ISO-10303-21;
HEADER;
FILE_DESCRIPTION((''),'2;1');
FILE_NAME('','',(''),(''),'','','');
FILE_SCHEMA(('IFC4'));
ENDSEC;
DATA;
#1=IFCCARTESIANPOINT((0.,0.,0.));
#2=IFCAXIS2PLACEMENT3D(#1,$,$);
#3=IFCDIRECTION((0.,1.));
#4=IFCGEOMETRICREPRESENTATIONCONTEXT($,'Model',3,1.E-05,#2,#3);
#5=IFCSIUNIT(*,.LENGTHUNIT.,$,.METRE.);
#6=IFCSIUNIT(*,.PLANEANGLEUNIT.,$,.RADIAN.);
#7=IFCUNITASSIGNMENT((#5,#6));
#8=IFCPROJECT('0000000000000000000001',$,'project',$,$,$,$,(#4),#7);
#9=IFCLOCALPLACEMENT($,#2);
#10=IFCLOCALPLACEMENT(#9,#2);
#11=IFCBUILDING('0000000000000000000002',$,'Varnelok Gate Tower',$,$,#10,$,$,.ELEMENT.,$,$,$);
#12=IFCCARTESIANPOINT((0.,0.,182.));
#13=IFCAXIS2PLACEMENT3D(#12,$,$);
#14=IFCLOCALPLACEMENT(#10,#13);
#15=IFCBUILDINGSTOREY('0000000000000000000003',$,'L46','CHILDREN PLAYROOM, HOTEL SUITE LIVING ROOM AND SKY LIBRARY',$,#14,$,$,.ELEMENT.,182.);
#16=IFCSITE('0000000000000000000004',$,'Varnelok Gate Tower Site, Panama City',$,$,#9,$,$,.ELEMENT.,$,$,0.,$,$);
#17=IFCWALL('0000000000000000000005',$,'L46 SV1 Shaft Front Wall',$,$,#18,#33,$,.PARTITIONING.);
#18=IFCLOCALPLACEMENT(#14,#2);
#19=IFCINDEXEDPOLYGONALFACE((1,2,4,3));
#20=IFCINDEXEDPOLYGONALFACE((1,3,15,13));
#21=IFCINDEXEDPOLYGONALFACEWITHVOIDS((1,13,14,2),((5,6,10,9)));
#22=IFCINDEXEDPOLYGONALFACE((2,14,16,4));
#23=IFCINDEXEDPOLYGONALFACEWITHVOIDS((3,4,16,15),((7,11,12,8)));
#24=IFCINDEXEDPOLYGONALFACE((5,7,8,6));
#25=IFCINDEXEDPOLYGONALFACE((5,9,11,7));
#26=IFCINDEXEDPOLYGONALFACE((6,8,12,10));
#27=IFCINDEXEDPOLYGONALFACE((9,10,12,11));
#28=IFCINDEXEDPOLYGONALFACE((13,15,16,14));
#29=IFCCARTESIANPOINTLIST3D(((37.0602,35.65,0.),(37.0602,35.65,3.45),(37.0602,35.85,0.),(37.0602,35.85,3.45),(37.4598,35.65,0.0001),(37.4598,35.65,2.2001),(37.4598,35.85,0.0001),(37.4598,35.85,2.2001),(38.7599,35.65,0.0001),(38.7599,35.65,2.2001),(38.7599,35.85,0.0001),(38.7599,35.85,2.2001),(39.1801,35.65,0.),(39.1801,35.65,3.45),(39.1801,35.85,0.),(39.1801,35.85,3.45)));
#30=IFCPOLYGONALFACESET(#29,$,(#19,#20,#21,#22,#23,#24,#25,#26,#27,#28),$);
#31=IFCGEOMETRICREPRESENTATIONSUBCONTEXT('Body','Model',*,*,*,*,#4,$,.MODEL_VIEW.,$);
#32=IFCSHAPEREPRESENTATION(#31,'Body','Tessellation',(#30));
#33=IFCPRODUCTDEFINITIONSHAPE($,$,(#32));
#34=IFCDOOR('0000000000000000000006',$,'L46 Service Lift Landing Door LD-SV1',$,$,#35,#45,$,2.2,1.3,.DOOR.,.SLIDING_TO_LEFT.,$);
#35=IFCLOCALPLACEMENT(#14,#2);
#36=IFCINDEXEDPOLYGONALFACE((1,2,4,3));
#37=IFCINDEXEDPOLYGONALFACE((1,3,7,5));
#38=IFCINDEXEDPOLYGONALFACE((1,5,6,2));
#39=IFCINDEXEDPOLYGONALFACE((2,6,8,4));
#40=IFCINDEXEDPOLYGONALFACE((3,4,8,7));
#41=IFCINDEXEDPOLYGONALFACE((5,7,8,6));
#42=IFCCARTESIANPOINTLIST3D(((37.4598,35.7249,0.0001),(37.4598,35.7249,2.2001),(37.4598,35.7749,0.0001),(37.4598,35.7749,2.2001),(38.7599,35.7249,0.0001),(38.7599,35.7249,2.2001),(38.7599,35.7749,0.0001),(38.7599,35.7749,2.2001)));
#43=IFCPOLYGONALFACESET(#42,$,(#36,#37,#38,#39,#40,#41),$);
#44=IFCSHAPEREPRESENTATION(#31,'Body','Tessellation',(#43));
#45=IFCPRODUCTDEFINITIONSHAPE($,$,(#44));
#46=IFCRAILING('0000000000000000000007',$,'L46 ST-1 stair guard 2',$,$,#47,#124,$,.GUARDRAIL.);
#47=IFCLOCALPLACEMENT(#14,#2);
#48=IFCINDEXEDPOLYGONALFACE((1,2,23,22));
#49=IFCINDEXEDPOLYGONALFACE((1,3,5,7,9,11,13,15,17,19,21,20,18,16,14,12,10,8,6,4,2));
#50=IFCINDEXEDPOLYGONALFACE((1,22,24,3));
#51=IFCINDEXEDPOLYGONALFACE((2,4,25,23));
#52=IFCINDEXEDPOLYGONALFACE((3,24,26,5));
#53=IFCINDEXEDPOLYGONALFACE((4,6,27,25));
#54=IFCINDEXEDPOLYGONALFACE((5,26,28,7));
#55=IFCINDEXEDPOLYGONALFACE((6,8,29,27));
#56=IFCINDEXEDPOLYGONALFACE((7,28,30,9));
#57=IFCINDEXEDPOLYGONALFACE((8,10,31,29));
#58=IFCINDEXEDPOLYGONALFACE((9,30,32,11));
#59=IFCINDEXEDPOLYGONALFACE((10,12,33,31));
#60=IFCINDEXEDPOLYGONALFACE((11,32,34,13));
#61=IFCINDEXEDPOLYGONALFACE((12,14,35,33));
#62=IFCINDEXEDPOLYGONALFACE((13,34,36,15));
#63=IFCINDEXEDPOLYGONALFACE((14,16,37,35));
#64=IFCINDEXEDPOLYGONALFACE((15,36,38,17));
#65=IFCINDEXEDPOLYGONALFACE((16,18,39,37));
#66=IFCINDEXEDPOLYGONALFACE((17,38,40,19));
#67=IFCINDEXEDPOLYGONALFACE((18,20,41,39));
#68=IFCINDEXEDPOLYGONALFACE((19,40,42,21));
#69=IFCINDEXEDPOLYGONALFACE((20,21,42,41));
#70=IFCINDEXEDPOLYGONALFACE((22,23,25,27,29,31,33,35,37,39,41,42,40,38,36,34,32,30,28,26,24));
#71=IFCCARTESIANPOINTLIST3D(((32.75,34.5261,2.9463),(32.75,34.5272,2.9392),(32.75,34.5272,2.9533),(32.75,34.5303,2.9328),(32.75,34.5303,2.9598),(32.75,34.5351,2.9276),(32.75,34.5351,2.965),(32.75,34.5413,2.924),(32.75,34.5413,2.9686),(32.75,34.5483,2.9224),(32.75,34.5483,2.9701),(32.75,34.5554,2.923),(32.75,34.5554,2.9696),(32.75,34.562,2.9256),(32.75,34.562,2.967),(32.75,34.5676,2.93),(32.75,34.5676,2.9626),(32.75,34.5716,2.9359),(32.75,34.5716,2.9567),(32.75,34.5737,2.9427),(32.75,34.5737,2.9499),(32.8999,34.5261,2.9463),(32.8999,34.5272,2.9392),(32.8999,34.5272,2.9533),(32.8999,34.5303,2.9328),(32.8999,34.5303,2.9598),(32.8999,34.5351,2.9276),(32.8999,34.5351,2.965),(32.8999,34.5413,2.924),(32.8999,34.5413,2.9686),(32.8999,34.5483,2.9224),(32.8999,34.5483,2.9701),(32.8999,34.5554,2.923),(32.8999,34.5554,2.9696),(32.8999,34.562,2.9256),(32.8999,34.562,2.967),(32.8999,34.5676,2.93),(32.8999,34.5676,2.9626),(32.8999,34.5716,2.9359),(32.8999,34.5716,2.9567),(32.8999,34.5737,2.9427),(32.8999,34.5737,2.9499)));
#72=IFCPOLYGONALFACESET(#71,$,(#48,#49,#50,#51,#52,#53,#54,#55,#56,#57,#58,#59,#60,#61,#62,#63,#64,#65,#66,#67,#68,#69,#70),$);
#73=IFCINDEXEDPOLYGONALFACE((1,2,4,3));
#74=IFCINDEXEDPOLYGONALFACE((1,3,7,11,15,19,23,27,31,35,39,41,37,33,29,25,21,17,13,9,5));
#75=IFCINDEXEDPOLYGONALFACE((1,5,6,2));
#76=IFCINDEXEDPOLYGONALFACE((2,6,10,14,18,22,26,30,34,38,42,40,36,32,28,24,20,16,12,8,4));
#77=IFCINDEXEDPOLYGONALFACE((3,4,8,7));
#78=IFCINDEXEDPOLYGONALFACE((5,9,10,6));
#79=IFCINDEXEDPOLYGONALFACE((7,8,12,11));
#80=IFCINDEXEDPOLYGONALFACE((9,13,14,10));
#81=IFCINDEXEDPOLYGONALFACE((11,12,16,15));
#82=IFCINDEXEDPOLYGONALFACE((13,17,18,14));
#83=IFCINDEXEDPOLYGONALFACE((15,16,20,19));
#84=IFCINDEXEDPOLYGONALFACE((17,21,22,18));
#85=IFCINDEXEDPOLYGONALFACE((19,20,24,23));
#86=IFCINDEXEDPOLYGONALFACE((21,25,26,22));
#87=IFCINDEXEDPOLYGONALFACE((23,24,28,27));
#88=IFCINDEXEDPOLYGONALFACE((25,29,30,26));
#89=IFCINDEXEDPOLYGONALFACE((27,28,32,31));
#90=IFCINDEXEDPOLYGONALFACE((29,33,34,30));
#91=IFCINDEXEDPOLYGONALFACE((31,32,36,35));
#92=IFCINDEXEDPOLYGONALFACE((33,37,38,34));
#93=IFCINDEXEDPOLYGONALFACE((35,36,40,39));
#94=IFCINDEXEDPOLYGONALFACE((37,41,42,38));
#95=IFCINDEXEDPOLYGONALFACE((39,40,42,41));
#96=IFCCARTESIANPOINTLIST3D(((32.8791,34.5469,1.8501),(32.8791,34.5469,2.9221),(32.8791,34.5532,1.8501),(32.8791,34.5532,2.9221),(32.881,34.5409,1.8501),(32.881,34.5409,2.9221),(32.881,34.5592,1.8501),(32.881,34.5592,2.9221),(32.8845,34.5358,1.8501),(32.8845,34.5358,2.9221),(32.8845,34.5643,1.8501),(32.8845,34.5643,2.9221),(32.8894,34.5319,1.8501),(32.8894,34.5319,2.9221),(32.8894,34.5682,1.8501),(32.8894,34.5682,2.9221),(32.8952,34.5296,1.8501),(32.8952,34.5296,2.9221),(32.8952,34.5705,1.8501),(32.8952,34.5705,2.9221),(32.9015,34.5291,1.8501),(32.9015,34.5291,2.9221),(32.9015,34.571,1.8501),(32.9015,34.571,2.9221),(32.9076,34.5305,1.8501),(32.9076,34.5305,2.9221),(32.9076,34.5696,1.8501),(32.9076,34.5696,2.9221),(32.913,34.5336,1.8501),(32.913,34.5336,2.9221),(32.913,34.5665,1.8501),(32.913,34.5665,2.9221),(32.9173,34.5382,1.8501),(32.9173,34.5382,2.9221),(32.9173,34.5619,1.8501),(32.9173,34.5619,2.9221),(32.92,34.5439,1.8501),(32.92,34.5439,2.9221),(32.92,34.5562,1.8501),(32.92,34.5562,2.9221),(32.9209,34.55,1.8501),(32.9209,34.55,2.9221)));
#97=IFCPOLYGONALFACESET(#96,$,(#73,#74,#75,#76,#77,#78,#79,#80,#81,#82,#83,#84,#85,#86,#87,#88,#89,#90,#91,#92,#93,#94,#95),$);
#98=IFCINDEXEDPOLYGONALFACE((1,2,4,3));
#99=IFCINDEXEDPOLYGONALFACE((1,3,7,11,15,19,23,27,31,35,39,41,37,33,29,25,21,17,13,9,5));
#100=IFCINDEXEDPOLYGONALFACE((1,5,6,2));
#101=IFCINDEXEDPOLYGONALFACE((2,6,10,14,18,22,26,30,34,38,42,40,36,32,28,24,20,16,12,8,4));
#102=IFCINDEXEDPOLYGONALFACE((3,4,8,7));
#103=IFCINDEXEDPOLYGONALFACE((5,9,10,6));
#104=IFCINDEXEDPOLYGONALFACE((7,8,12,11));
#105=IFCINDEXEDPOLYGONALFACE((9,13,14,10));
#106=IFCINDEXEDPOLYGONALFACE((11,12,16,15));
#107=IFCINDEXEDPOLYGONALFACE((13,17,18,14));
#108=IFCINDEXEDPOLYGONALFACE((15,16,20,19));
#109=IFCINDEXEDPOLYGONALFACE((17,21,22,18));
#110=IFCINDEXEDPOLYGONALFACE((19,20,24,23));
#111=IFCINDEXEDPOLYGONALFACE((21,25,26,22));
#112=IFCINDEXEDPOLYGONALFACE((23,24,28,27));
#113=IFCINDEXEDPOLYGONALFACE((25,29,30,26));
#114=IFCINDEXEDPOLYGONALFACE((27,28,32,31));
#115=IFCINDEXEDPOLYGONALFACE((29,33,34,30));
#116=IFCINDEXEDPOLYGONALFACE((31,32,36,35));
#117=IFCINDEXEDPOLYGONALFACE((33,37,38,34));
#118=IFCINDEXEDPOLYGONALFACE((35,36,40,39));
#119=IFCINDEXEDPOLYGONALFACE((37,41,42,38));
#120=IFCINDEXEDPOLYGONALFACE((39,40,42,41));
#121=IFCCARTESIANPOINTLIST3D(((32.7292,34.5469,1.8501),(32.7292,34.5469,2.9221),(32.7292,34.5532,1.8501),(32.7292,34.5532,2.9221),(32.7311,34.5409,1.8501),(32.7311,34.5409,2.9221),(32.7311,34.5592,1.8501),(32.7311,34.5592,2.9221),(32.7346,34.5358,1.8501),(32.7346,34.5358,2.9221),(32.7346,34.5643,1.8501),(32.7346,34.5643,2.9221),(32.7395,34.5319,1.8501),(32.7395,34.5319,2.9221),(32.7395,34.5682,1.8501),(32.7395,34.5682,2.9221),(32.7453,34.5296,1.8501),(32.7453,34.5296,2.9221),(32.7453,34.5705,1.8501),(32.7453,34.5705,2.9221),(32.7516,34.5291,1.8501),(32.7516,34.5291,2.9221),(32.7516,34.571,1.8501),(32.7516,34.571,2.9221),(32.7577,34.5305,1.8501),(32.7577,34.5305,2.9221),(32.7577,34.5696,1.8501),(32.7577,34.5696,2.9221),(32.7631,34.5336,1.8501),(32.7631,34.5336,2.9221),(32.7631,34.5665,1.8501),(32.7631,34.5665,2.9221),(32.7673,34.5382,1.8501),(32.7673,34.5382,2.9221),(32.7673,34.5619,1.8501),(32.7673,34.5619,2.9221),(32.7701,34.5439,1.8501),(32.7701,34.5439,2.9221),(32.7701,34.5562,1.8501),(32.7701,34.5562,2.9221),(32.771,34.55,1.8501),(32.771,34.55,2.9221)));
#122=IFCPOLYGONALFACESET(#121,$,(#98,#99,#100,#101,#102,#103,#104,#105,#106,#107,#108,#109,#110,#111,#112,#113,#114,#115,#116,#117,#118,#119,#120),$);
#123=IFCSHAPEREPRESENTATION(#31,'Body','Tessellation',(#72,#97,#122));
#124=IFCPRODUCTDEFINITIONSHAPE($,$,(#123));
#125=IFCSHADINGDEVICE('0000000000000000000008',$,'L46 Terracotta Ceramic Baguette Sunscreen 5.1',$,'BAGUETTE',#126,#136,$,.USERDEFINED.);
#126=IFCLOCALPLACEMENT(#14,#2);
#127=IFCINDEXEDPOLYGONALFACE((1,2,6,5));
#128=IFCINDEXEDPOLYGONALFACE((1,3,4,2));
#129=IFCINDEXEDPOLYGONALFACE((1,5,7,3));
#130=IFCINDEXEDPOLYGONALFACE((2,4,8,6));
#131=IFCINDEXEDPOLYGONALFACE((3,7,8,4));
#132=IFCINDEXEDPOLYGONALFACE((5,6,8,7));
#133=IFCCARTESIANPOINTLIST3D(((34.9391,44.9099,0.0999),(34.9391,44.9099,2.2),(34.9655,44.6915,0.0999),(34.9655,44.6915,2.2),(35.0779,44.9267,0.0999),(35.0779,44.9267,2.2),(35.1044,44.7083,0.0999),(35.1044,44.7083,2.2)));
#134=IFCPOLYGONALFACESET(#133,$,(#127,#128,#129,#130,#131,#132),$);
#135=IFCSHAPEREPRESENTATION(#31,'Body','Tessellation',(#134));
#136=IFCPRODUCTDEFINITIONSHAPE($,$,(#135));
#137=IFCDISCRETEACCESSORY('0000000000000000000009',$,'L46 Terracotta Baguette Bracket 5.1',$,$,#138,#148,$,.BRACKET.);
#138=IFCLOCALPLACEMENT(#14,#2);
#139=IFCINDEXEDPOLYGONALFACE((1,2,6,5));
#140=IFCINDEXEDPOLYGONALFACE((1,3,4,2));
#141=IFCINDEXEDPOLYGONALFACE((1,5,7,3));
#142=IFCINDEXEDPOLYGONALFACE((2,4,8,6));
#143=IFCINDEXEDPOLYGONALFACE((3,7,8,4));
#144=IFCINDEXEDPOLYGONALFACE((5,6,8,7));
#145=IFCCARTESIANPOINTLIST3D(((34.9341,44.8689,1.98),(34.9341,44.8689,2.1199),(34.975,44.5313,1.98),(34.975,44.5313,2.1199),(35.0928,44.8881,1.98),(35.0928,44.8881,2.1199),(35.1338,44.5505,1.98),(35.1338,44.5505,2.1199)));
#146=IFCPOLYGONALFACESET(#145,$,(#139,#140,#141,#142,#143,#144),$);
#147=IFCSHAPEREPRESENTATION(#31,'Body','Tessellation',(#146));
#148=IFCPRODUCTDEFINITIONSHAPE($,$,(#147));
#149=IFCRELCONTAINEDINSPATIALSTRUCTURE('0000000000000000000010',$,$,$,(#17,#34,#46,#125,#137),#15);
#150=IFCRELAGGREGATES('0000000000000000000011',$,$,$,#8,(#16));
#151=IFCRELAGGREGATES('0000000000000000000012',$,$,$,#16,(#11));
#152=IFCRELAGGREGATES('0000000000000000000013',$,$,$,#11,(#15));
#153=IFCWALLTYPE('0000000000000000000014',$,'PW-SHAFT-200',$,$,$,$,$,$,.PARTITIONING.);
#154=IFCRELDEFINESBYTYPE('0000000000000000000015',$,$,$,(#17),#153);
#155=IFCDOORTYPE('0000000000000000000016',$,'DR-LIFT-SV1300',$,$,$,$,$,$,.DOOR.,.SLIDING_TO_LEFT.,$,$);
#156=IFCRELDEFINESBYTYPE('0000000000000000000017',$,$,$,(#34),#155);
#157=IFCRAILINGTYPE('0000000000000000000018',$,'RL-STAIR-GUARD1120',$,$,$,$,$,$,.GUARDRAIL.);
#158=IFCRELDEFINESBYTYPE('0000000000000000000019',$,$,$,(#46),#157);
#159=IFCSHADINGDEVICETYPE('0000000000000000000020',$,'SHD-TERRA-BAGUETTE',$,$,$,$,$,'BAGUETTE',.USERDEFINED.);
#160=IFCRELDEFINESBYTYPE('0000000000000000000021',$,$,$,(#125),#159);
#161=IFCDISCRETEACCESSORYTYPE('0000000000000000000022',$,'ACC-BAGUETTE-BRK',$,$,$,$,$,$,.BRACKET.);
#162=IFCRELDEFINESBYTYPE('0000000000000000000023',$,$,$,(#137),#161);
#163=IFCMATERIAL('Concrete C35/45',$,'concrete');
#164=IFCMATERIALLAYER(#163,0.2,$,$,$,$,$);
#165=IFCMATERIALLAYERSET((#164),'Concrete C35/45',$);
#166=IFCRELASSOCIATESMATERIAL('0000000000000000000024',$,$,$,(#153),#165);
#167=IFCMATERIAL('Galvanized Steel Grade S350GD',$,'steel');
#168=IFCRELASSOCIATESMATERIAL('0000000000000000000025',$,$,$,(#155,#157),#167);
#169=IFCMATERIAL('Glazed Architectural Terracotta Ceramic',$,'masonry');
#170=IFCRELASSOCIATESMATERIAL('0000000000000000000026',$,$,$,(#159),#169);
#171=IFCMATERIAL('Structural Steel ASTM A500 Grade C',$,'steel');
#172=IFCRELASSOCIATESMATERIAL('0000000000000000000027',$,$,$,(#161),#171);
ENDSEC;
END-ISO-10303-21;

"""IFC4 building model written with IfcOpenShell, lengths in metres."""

from ifc_helpers import new_model, si_unit, direction, frame, frame_2d, origin, origin_2d, place, context, subcontext, project, spatial, rectangle, circle, extrude, source, transform, mapped, material, layer, layer_set, type_object, element, fill, save


model = new_model("IFC4")

# Units and contexts
model_context = context("Model", 3, precision=1e-05, world=origin(), true_north=direction((0.0, 1.0)))
body_context = subcontext(model_context, "Body", "Model", "MODEL_VIEW")
ifc_project = project(units=[si_unit("LENGTHUNIT", "METRE"), si_unit("PLANEANGLEUNIT", "RADIAN")], contexts=[model_context])

# Site, building, storey
site_placement = place(None, origin())
site = spatial("IfcSite", under=ifc_project, at=site_placement, Name="Varnelok Gate Tower Site, Panama City", CompositionType="ELEMENT", RefElevation=0.0)
building_placement = place(site_placement, origin())
building = spatial("IfcBuilding", under=site, at=building_placement, Name="Varnelok Gate Tower", CompositionType="ELEMENT")
storey_placement = place(building_placement, frame((0.0, 0.0, 182.0)))
storey = spatial("IfcBuildingStorey", under=building, at=storey_placement, Name="L46", Description="CHILDREN PLAYROOM, HOTEL SUITE LIVING ROOM AND SKY LIBRARY", CompositionType="ELEMENT", Elevation=182.0)

# Shared definitions
ifc_material_1 = material(Name="Concrete C35/45", Category="concrete")
ifc_layer_1 = layer(ifc_material_1, 0.2)
ifc_layer_set_1 = layer_set([ifc_layer_1], Name="Concrete C35/45")
wall_type_1 = type_object("IfcWallType", Name="PW-SHAFT-200", PredefinedType="PARTITIONING", material=ifc_layer_set_1)

# Wall, opening, door
wall_1_placement = place(storey_placement, frame((37.0601, 35.75, 0.0), z_axis=(0.0, 0.0, 1.0), x_axis=(1.0, 0.0, 0.0)))
wall_1 = element("IfcWall", 1, at=wall_1_placement, inside=storey, type_object=wall_type_1, Name="L46 SV1 Shaft Front Wall", PredefinedType="PARTITIONING", context=body_context, shape_type="SweptSolid", body=[
    extrude(rectangle(XDim=2.1199, YDim=0.2, at=frame_2d((1.0601, 0.0))), origin(), (0.0, 0.0, 1.0), 3.45),
])
opening_1_placement = place(wall_1_placement, frame((0.3999, 0.0, 0.0)))
opening_1 = element("IfcOpeningElement", 2, at=opening_1_placement, cuts=wall_1, PredefinedType="OPENING", context=body_context, shape_type="SweptSolid", body=[
    extrude(rectangle(XDim=1.3, YDim=2.2, at=frame_2d((0.6499, 1.1001))), frame((0.0, 0.1099, 0.0), z_axis=(0.0, -1.0, 0.0), x_axis=(1.0, 0.0, 0.0)), (0.0, 0.0, 1.0), 0.22),
])
ifc_material_2 = material(Name="Galvanized Steel Grade S350GD", Category="steel")
door_type_1 = type_object("IfcDoorType", Name="DR-LIFT-SV1300", OperationType="SLIDING_TO_LEFT", PredefinedType="DOOR", material=ifc_material_2)
door_1_placement = place(opening_1_placement, origin())
door_1 = element("IfcDoor", 3, at=door_1_placement, inside=storey, type_object=door_type_1, Name="L46 Service Lift Landing Door LD-SV1", OperationType="SLIDING_TO_LEFT", OverallHeight=2.2, OverallWidth=1.3, PredefinedType="DOOR", context=body_context, shape_type="SweptSolid", body=[
    extrude(rectangle(XDim=1.3, YDim=2.2, at=frame_2d((0.6499, 1.1001))), frame((0.0, 0.0249, 0.0), z_axis=(0.0, -1.0, 0.0), x_axis=(1.0, 0.0, 0.0)), (0.0, 0.0, 1.0), 0.05),
])
fill(opening_1, door_1)

# Railing
railing_type_1 = type_object("IfcRailingType", Name="RL-STAIR-GUARD1120", PredefinedType="GUARDRAIL", material=ifc_material_2)
railing_1_placement = place(storey_placement, frame((32.8999, 34.55, 1.8501)))
element("IfcRailing", 4, at=railing_1_placement, inside=storey, type_object=railing_type_1, Name="L46 ST-1 stair guard 2", PredefinedType="GUARDRAIL", context=body_context, shape_type="SweptSolid", body=[
    extrude(circle(Radius=0.0239, at=origin_2d()), frame((0.0, 0.0, 1.0962), z_axis=(-1.0, 0.0, 0.0), x_axis=(0.0, -1.0, 0.0)), (0.0, 0.0, 1.0), 0.1499),
    extrude(circle(Radius=0.021, at=origin_2d()), origin(), (0.0, 0.0, 1.0), 1.072),
    extrude(circle(Radius=0.021, at=origin_2d()), frame((-0.1499, 0.0, 0.0)), (0.0, 0.0, 1.0), 1.072),
])

# Shading device
ifc_material_3 = material(Name="Glazed Architectural Terracotta Ceramic", Category="masonry")
shading_device_type = type_object("IfcShadingDeviceType", Name="SHD-TERRA-BAGUETTE", ElementType="BAGUETTE", PredefinedType="USERDEFINED", material=ifc_material_3)
shared_shape_1 = source(origin(), body_context, "Body", "SweptSolid", [
    extrude(rectangle(XDim=0.1399, YDim=0.22, at=origin_2d()), origin(), (0.0, 0.0, 1.0), 2.1001),
])
shading_device_placement = place(storey_placement, frame((35.0217, 44.8091, 0.0999), z_axis=(0.0, 0.0, 1.0), x_axis=(0.992732, 0.120345, 0.0)))
element("IfcShadingDevice", 5, at=shading_device_placement, inside=storey, type_object=shading_device_type, Name="L46 Terracotta Ceramic Baguette Sunscreen 5.1", ObjectType="BAGUETTE", PredefinedType="USERDEFINED", context=body_context, shape_type="MappedRepresentation", body=[
    mapped(shared_shape_1, transform((0.0, 0.0, 0.0), scale=1.0)),
])

# Discrete accessory
ifc_material_4 = material(Name="Structural Steel ASTM A500 Grade C", Category="steel")
discrete_accessory_type = type_object("IfcDiscreteAccessoryType", Name="ACC-BAGUETTE-BRK", PredefinedType="BRACKET", material=ifc_material_4)
shared_shape_2 = source(origin(), body_context, "Body", "SweptSolid", [
    extrude(rectangle(XDim=0.1599, YDim=0.3401, at=origin_2d()), origin(), (0.0, 0.0, 1.0), 0.1399),
])
discrete_accessory_placement = place(storey_placement, frame((35.0339, 44.7097, 1.98), z_axis=(0.0, 0.0, 1.0), x_axis=(0.992732, 0.120345, 0.0)))
element("IfcDiscreteAccessory", 6, at=discrete_accessory_placement, inside=storey, type_object=discrete_accessory_type, Name="L46 Terracotta Baguette Bracket 5.1", PredefinedType="BRACKET", context=body_context, shape_type="MappedRepresentation", body=[
    mapped(shared_shape_2, transform((0.0, 0.0, 0.0), scale=1.0)),
])

save(model, "model.ifc")
